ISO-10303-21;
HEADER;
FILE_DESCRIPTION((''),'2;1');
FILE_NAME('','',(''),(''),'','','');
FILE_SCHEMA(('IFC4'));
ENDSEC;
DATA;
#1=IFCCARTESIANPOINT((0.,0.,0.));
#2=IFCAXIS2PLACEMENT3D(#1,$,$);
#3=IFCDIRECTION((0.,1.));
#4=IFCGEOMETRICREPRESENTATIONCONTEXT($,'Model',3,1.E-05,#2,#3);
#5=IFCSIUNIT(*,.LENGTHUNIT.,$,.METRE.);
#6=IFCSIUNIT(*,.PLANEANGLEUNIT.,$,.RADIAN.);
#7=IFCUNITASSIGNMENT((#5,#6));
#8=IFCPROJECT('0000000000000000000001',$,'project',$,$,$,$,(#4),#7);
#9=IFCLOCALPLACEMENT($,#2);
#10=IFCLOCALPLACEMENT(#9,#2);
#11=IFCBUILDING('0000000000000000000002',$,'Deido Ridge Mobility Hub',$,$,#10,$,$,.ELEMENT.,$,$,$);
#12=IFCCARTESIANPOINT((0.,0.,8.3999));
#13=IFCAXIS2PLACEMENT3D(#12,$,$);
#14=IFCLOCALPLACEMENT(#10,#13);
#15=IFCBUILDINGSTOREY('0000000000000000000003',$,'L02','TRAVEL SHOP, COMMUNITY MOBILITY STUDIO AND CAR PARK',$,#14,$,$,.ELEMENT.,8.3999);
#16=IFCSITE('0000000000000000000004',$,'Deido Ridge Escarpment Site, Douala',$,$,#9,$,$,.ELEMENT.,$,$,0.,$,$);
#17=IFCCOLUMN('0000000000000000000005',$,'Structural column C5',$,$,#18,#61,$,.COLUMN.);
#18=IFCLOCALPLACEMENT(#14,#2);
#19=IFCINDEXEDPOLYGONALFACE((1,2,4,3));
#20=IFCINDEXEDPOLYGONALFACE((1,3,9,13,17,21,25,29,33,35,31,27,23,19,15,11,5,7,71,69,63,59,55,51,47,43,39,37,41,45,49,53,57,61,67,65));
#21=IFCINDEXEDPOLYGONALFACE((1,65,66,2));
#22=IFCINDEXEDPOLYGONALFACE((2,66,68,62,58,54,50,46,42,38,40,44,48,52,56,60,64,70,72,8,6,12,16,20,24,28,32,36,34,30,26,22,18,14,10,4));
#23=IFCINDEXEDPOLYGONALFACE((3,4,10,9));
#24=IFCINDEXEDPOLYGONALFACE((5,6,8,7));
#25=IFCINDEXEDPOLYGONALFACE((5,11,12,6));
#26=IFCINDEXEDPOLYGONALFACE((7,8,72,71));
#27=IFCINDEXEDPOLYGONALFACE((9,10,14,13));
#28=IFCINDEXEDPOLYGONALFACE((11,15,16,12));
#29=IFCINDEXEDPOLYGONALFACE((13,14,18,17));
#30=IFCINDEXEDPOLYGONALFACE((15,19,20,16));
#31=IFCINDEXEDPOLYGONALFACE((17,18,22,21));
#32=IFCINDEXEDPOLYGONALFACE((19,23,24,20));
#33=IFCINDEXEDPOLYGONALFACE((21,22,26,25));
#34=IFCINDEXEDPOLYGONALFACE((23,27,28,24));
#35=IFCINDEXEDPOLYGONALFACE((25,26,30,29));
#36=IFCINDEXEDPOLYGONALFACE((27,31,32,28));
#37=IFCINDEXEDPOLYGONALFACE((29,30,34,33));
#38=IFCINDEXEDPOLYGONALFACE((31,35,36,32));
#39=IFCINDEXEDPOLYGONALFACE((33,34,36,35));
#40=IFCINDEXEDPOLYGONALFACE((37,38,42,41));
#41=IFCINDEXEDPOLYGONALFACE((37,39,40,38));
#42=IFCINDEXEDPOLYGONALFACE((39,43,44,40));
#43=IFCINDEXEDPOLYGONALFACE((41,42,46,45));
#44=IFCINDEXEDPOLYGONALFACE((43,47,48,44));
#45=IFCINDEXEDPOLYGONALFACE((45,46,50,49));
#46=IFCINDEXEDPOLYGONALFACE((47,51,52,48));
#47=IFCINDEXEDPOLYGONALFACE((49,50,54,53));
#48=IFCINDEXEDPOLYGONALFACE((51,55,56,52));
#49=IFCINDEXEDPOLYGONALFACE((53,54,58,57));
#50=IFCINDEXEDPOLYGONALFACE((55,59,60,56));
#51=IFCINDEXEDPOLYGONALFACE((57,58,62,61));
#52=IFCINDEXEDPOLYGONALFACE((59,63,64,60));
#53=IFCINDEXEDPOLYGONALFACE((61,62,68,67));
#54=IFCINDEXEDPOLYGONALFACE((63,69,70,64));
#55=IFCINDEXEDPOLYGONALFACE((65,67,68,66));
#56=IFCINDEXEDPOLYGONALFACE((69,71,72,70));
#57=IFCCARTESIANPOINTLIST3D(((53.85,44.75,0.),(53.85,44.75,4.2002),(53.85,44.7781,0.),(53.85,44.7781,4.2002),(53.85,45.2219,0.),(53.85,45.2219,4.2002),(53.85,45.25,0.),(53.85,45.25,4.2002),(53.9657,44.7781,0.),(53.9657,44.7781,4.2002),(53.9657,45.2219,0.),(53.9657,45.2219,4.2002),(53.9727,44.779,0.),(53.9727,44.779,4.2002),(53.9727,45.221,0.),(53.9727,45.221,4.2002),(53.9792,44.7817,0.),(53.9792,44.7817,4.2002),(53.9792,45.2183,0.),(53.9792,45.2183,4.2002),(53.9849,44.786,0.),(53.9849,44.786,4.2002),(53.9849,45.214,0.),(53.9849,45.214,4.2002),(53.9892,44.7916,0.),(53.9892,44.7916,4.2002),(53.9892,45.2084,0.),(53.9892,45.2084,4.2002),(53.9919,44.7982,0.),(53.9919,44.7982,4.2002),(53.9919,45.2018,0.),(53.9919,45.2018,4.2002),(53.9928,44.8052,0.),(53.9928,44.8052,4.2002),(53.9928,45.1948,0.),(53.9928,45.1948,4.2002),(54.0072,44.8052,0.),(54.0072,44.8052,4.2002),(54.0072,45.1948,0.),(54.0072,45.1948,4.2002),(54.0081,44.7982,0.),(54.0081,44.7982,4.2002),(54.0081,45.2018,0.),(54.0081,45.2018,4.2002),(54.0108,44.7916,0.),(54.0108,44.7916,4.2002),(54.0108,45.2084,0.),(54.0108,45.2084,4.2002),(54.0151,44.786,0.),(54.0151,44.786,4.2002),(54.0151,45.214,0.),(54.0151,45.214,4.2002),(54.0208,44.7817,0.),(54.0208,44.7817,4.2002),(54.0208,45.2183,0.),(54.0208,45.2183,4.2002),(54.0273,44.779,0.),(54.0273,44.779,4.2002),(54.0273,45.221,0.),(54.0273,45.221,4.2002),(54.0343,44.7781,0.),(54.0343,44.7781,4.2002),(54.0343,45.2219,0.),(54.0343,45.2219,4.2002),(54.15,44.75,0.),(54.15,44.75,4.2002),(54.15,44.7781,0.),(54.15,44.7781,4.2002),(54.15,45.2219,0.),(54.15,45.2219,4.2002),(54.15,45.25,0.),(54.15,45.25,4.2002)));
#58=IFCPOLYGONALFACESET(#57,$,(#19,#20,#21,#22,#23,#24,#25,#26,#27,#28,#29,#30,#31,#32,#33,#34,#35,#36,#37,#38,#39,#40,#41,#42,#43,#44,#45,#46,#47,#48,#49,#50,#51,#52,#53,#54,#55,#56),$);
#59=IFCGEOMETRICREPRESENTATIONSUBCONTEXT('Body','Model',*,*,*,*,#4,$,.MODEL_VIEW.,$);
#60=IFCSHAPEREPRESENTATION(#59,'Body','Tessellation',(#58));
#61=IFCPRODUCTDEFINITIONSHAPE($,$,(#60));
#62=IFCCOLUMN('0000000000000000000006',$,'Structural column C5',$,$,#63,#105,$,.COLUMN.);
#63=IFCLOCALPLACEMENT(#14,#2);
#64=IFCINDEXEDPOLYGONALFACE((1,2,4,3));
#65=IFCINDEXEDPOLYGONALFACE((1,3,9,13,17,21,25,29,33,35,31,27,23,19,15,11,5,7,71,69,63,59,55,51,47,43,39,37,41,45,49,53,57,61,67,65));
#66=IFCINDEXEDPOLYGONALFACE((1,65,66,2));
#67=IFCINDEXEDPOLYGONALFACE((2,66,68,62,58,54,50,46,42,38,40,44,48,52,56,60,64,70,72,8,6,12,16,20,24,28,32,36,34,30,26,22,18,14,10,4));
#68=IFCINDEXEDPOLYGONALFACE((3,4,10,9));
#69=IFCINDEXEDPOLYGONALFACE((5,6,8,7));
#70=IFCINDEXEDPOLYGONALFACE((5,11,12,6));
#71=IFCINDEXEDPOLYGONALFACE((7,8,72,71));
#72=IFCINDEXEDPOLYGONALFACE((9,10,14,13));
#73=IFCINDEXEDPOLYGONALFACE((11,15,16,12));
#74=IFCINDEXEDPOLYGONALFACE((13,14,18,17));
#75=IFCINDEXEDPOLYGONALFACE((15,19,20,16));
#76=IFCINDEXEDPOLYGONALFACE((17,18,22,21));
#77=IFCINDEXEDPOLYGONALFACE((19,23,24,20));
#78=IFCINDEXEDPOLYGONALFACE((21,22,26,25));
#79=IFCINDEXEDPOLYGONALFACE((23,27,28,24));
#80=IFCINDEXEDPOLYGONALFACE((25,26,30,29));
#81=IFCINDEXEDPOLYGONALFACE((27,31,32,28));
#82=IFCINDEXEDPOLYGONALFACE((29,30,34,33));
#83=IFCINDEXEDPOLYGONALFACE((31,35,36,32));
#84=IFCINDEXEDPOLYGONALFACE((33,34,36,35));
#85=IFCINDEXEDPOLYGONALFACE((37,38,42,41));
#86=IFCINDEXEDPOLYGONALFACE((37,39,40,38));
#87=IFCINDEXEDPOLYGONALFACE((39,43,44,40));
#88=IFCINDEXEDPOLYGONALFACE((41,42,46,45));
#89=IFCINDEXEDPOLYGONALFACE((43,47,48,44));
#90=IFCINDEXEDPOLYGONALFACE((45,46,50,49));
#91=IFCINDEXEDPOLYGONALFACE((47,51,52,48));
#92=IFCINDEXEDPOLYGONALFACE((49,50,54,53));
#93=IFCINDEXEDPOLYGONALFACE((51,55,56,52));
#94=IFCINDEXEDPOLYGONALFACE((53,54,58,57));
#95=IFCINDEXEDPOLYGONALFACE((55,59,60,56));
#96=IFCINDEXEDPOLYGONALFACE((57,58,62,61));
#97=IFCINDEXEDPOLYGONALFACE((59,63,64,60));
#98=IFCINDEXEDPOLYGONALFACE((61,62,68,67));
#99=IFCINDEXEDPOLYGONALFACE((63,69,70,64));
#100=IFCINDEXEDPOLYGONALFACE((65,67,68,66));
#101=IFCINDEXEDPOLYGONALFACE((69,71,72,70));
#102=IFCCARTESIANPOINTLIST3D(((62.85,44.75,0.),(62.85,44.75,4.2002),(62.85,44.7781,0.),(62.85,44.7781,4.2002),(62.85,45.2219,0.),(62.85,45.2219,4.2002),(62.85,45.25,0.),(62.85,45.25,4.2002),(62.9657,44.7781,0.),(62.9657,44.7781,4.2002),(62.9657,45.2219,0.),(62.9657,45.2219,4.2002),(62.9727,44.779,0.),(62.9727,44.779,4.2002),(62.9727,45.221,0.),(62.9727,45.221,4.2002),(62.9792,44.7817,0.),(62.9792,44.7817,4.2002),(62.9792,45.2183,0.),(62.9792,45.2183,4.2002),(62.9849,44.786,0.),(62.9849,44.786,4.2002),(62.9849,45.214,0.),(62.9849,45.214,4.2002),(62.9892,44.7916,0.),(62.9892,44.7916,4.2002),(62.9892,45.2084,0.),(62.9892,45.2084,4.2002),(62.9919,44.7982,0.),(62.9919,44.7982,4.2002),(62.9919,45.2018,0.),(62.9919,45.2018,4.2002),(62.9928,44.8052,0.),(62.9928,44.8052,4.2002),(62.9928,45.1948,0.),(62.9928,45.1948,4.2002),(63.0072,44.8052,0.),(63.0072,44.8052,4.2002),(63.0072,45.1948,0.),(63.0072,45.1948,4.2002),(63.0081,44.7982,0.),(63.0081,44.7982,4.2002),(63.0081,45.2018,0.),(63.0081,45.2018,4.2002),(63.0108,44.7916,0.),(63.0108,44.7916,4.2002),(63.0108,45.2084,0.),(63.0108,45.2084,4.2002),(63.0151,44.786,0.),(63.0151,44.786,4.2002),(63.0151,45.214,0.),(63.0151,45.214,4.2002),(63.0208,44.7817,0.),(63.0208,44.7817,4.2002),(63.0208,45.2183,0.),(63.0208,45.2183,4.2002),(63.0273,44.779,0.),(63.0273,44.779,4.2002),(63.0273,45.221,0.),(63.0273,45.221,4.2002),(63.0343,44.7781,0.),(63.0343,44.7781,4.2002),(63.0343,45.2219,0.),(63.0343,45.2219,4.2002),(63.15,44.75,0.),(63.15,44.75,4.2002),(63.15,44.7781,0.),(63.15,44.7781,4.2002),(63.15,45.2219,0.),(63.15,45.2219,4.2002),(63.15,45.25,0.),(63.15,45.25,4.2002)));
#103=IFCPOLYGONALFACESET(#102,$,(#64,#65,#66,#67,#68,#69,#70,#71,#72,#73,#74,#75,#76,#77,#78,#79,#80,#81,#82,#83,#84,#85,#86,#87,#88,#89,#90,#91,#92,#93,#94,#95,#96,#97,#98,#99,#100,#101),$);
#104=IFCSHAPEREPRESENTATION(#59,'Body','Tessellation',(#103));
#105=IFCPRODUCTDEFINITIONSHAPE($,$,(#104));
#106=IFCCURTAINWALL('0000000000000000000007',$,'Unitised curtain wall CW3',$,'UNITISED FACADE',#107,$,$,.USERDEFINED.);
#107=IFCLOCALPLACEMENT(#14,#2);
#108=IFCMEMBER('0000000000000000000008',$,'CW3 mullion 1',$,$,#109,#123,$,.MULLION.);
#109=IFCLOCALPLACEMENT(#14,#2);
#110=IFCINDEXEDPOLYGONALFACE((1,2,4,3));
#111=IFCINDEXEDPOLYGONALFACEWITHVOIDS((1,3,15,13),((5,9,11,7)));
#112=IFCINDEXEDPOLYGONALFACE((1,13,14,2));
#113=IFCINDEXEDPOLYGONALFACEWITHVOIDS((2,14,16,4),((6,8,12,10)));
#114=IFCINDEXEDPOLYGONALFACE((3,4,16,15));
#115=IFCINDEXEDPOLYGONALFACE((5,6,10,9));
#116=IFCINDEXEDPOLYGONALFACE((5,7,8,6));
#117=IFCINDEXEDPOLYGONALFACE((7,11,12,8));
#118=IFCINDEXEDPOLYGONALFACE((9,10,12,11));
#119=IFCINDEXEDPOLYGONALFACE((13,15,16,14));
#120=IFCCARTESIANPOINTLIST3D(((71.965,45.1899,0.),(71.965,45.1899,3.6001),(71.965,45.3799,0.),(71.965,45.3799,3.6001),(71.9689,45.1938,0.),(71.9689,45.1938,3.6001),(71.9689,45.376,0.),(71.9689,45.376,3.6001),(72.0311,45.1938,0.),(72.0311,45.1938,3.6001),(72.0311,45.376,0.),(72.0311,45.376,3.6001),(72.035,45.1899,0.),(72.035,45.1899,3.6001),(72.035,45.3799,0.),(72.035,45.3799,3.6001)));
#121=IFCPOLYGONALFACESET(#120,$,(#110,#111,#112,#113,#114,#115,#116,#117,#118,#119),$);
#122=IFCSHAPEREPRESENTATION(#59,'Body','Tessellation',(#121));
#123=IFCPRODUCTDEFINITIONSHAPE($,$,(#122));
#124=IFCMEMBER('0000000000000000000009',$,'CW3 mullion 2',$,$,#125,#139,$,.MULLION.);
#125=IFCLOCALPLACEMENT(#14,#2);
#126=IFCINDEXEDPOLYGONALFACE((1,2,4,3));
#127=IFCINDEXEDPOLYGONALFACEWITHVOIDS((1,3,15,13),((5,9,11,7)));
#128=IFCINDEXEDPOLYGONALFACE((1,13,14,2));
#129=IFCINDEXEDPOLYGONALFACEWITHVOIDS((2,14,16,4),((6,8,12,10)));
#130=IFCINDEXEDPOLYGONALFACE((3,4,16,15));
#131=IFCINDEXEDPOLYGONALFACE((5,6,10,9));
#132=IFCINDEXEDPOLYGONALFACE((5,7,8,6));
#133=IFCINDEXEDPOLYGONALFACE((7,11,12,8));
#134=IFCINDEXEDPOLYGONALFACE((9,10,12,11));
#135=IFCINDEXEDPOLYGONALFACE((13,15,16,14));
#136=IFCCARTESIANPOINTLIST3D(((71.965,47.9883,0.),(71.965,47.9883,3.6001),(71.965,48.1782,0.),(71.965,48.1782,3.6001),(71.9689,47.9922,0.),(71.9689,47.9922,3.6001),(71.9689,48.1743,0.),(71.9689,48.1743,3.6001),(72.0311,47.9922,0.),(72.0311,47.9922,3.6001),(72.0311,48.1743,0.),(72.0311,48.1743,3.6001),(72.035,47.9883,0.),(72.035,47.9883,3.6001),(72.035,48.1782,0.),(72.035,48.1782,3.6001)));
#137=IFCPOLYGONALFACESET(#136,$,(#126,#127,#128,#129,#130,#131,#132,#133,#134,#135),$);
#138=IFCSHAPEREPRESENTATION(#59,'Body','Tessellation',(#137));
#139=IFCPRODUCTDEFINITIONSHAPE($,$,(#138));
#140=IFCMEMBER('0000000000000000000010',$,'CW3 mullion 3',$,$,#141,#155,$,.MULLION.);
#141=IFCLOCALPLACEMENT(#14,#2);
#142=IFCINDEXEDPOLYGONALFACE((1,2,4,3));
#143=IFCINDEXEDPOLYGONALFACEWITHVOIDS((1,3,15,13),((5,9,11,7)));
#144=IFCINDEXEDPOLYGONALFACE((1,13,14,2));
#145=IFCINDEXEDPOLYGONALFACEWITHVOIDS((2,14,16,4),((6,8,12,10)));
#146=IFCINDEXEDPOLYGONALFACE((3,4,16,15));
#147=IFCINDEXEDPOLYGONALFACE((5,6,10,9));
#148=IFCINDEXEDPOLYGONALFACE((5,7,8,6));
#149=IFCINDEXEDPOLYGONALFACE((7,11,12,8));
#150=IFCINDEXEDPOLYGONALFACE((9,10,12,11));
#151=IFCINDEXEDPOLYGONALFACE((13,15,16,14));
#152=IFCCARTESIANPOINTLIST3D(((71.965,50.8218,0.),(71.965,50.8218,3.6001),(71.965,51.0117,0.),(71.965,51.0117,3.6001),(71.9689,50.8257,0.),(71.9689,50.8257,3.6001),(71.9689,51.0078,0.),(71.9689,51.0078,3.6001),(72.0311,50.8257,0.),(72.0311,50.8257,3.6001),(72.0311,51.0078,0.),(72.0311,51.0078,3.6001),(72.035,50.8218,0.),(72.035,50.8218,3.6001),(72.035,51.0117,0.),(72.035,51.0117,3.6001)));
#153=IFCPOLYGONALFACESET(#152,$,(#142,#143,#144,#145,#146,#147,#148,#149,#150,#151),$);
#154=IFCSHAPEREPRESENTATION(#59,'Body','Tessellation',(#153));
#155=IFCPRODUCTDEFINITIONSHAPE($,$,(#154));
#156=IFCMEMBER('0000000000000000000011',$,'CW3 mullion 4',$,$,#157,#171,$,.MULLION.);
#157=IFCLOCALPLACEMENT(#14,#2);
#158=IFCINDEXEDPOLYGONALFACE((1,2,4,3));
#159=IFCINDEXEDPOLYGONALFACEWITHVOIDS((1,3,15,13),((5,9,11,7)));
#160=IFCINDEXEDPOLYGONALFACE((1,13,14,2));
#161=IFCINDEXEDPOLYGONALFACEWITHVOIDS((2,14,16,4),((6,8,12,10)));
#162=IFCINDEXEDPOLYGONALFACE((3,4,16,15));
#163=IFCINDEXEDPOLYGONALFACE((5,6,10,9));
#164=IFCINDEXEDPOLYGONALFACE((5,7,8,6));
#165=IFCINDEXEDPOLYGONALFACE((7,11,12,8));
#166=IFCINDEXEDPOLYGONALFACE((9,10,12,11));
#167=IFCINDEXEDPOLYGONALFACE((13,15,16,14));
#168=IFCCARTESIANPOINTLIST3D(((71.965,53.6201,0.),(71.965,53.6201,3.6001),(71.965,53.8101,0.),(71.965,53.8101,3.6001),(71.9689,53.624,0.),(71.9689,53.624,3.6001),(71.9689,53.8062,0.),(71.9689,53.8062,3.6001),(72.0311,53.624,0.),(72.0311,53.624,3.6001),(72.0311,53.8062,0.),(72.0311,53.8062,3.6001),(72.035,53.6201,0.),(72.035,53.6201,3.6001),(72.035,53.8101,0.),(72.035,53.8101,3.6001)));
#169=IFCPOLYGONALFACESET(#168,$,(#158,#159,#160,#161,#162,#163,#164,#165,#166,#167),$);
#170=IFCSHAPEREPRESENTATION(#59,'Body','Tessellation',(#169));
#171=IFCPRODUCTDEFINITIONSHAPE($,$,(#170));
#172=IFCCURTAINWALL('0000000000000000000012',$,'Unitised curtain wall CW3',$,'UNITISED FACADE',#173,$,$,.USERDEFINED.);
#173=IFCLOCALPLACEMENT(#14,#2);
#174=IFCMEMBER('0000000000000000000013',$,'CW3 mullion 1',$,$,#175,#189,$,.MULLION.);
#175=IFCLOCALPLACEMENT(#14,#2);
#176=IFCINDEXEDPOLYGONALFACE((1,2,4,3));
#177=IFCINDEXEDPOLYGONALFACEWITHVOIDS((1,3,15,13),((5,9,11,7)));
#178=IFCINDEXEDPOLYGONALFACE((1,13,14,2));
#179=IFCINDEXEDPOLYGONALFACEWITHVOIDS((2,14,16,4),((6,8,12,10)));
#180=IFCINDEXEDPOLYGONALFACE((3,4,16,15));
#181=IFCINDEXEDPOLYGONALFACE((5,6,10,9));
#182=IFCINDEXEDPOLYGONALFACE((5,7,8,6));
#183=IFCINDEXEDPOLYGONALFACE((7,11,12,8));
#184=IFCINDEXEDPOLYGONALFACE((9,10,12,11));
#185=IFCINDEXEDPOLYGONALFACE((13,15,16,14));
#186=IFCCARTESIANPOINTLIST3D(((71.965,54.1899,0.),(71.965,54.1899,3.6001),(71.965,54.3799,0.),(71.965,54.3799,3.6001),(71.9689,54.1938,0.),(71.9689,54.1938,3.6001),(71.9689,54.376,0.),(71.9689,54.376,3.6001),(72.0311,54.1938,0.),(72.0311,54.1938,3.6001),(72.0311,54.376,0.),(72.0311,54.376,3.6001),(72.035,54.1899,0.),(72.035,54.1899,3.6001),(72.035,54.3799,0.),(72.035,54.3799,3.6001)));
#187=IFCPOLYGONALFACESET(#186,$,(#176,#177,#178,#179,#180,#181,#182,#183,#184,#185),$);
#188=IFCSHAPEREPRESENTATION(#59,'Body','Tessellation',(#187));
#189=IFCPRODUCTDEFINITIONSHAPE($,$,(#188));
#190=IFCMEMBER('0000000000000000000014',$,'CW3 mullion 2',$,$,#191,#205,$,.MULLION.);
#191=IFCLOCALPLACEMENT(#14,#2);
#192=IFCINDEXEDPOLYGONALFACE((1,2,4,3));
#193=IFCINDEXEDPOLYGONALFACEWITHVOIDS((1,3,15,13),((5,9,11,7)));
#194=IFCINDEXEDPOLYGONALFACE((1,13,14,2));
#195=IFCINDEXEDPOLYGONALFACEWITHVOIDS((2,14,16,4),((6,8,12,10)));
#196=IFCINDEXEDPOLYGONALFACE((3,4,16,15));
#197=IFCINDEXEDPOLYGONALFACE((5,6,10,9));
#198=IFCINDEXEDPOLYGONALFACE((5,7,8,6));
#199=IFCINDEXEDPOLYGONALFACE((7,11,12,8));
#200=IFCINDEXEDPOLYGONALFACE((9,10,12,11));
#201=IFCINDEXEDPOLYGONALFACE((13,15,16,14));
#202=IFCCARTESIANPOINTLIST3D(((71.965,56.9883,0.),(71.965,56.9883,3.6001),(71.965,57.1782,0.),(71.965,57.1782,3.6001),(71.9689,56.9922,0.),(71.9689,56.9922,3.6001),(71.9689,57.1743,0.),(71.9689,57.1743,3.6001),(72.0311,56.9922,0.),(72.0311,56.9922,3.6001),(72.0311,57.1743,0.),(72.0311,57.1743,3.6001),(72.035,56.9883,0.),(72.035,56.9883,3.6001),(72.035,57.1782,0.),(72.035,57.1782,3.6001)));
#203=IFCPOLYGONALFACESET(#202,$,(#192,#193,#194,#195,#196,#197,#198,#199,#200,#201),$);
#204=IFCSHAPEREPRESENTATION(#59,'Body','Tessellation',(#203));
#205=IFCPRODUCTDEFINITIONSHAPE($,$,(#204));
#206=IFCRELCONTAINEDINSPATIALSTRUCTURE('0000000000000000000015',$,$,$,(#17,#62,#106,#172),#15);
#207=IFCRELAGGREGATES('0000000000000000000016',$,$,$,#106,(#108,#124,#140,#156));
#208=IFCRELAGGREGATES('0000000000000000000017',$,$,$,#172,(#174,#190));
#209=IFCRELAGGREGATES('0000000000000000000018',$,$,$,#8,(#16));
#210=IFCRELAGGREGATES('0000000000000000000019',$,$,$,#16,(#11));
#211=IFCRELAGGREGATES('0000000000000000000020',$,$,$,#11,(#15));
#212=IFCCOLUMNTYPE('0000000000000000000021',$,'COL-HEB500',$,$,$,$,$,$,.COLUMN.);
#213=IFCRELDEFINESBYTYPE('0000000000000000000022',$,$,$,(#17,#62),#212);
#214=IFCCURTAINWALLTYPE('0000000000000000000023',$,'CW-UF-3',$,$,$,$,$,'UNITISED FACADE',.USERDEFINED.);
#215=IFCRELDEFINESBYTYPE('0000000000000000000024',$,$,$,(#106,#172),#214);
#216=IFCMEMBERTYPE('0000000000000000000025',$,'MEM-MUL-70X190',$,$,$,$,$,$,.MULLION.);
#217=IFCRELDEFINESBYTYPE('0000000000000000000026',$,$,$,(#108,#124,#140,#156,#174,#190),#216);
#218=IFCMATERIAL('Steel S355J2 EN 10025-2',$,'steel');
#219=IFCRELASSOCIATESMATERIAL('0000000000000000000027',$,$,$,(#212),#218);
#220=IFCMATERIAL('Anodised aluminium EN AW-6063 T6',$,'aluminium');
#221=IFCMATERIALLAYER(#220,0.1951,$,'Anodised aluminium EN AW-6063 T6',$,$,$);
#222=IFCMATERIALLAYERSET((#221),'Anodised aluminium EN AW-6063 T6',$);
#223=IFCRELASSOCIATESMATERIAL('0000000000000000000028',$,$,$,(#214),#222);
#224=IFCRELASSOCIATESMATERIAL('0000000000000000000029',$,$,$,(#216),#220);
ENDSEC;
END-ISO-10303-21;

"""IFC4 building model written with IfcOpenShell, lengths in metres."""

from ifc_helpers import new_model, si_unit, direction, frame, origin, origin_2d, place, context, subcontext, project, spatial, hollow_rectangle, i_section, extrude, material, layer, layer_set, material_profile, profile_set, type_object, element, aggregate, save


model = new_model("IFC4")

# Units and contexts
model_context = context("Model", 3, precision=1e-05, world=origin(), true_north=direction((0.0, 1.0)))
body_context = subcontext(model_context, "Body", "Model", "MODEL_VIEW")
ifc_project = project(units=[si_unit("LENGTHUNIT", "METRE"), si_unit("PLANEANGLEUNIT", "RADIAN")], contexts=[model_context])

# Site, building, storey
site_placement = place(None, origin())
site = spatial("IfcSite", under=ifc_project, at=site_placement, Name="Deido Ridge Escarpment Site, Douala", CompositionType="ELEMENT", RefElevation=0.0)
building_placement = place(site_placement, origin())
building = spatial("IfcBuilding", under=site, at=building_placement, Name="Deido Ridge Mobility Hub", CompositionType="ELEMENT")
storey_placement = place(building_placement, frame((0.0, 0.0, 8.3999)))
storey = spatial("IfcBuildingStorey", under=building, at=storey_placement, Name="L02", Description="TRAVEL SHOP, COMMUNITY MOBILITY STUDIO AND CAR PARK", CompositionType="ELEMENT", Elevation=8.3999)

# Columns
ifc_material_1 = material(Name="Steel S355J2 EN 10025-2", Category="steel")
ifc_material_profile_1 = material_profile(ifc_material_1, i_section(OverallWidth=0.3, OverallDepth=0.5, WebThickness=0.0144, FlangeThickness=0.0281, FilletRadius=0.0271, at=origin_2d()), Name="HEB 500")
ifc_profile_set_1 = profile_set([ifc_material_profile_1], Name="Steel S355J2 EN 10025-2")
column_type = type_object("IfcColumnType", Name="COL-HEB500", PredefinedType="COLUMN", material=ifc_profile_set_1)
for number, where, z_axis, x_axis, name in (
    (1, (54.0, 45.0, 0.0), (0.0, 0.0, 1.0), (1.0, 0.0, 0.0), "Structural column C5"),
    (2, (63.0, 45.0, 0.0), (0.0, 0.0, 1.0), (1.0, 0.0, 0.0), "Structural column C5"),
):
    element("IfcColumn", number, at=place(storey_placement, frame(where, z_axis=z_axis, x_axis=x_axis)), inside=storey, type_object=column_type, Name=name, PredefinedType="COLUMN", context=body_context, shape_type="SweptSolid", body=[
        extrude(i_section(OverallWidth=0.3, OverallDepth=0.5, WebThickness=0.0144, FlangeThickness=0.0281, FilletRadius=0.0271, at=origin_2d()), origin(), (0.0, 0.0, 1.0), 4.2002),
    ])

# Curtain walls, members
ifc_material_2 = material(Name="Anodised aluminium EN AW-6063 T6", Category="aluminium")
ifc_layer_1 = layer(ifc_material_2, 0.1951, Name="Anodised aluminium EN AW-6063 T6")
ifc_layer_set_1 = layer_set([ifc_layer_1], Name="Anodised aluminium EN AW-6063 T6")
curtain_wall_type_1 = type_object("IfcCurtainWallType", Name="CW-UF-3", ElementType="UNITISED FACADE", PredefinedType="USERDEFINED", material=ifc_layer_set_1)
curtain_wall_1_placement = place(storey_placement, origin())
curtain_wall_1 = element("IfcCurtainWall", 3, at=curtain_wall_1_placement, inside=storey, type_object=curtain_wall_type_1, Name="Unitised curtain wall CW3", ObjectType="UNITISED FACADE", PredefinedType="USERDEFINED")
ifc_material_profile_2 = material_profile(ifc_material_2, hollow_rectangle(XDim=0.0701, YDim=0.1899, WallThickness=0.0039, at=origin_2d()), Name="RHS 70x190x4")
ifc_profile_set_2 = profile_set([ifc_material_profile_2], Name="Anodised aluminium EN AW-6063 T6")
member_type_1 = type_object("IfcMemberType", Name="MEM-MUL-70X190", PredefinedType="MULLION", material=ifc_profile_set_2)
member_1_placement = place(storey_placement, frame((72.0, 45.2849, 0.0), z_axis=(0.0, 0.0, 1.0), x_axis=(-1.0, 0.0, 0.0)))
member_1 = element("IfcMember", 4, at=member_1_placement, type_object=member_type_1, Name="CW3 mullion 1", PredefinedType="MULLION", context=body_context, shape_type="SweptSolid", body=[
    extrude(hollow_rectangle(XDim=0.0701, YDim=0.1899, WallThickness=0.0039, at=origin_2d()), origin(), (0.0, 0.0, 1.0), 3.6001),
])
member_2_placement = place(storey_placement, frame((72.0, 48.0833, 0.0), z_axis=(0.0, 0.0, 1.0), x_axis=(-1.0, 0.0, 0.0)))
member_2 = element("IfcMember", 5, at=member_2_placement, type_object=member_type_1, Name="CW3 mullion 2", PredefinedType="MULLION", context=body_context, shape_type="SweptSolid", body=[
    extrude(hollow_rectangle(XDim=0.0701, YDim=0.1899, WallThickness=0.0039, at=origin_2d()), origin(), (0.0, 0.0, 1.0), 3.6001),
])
member_3_placement = place(storey_placement, frame((72.0, 50.9167, 0.0), z_axis=(0.0, 0.0, 1.0), x_axis=(-1.0, 0.0, 0.0)))
member_3 = element("IfcMember", 6, at=member_3_placement, type_object=member_type_1, Name="CW3 mullion 3", PredefinedType="MULLION", context=body_context, shape_type="SweptSolid", body=[
    extrude(hollow_rectangle(XDim=0.0701, YDim=0.1899, WallThickness=0.0039, at=origin_2d()), origin(), (0.0, 0.0, 1.0), 3.6001),
])
member_4_placement = place(storey_placement, frame((72.0, 53.7151, 0.0), z_axis=(0.0, 0.0, 1.0), x_axis=(-1.0, 0.0, 0.0)))
member_4 = element("IfcMember", 7, at=member_4_placement, type_object=member_type_1, Name="CW3 mullion 4", PredefinedType="MULLION", context=body_context, shape_type="SweptSolid", body=[
    extrude(hollow_rectangle(XDim=0.0701, YDim=0.1899, WallThickness=0.0039, at=origin_2d()), origin(), (0.0, 0.0, 1.0), 3.6001),
])
curtain_wall_2_placement = place(storey_placement, origin())
curtain_wall_2 = element("IfcCurtainWall", 8, at=curtain_wall_2_placement, inside=storey, type_object=curtain_wall_type_1, Name="Unitised curtain wall CW3", ObjectType="UNITISED FACADE", PredefinedType="USERDEFINED")
member_5_placement = place(storey_placement, frame((72.0, 54.2849, 0.0), z_axis=(0.0, 0.0, 1.0), x_axis=(-1.0, 0.0, 0.0)))
member_5 = element("IfcMember", 9, at=member_5_placement, type_object=member_type_1, Name="CW3 mullion 1", PredefinedType="MULLION", context=body_context, shape_type="SweptSolid", body=[
    extrude(hollow_rectangle(XDim=0.0701, YDim=0.1899, WallThickness=0.0039, at=origin_2d()), origin(), (0.0, 0.0, 1.0), 3.6001),
])
member_6_placement = place(storey_placement, frame((72.0, 57.0833, 0.0), z_axis=(0.0, 0.0, 1.0), x_axis=(-1.0, 0.0, 0.0)))
member_6 = element("IfcMember", 10, at=member_6_placement, type_object=member_type_1, Name="CW3 mullion 2", PredefinedType="MULLION", context=body_context, shape_type="SweptSolid", body=[
    extrude(hollow_rectangle(XDim=0.0701, YDim=0.1899, WallThickness=0.0039, at=origin_2d()), origin(), (0.0, 0.0, 1.0), 3.6001),
])

aggregate(curtain_wall_1, [member_1, member_2, member_3, member_4])
aggregate(curtain_wall_2, [member_5, member_6])

save(model, "model.ifc")
